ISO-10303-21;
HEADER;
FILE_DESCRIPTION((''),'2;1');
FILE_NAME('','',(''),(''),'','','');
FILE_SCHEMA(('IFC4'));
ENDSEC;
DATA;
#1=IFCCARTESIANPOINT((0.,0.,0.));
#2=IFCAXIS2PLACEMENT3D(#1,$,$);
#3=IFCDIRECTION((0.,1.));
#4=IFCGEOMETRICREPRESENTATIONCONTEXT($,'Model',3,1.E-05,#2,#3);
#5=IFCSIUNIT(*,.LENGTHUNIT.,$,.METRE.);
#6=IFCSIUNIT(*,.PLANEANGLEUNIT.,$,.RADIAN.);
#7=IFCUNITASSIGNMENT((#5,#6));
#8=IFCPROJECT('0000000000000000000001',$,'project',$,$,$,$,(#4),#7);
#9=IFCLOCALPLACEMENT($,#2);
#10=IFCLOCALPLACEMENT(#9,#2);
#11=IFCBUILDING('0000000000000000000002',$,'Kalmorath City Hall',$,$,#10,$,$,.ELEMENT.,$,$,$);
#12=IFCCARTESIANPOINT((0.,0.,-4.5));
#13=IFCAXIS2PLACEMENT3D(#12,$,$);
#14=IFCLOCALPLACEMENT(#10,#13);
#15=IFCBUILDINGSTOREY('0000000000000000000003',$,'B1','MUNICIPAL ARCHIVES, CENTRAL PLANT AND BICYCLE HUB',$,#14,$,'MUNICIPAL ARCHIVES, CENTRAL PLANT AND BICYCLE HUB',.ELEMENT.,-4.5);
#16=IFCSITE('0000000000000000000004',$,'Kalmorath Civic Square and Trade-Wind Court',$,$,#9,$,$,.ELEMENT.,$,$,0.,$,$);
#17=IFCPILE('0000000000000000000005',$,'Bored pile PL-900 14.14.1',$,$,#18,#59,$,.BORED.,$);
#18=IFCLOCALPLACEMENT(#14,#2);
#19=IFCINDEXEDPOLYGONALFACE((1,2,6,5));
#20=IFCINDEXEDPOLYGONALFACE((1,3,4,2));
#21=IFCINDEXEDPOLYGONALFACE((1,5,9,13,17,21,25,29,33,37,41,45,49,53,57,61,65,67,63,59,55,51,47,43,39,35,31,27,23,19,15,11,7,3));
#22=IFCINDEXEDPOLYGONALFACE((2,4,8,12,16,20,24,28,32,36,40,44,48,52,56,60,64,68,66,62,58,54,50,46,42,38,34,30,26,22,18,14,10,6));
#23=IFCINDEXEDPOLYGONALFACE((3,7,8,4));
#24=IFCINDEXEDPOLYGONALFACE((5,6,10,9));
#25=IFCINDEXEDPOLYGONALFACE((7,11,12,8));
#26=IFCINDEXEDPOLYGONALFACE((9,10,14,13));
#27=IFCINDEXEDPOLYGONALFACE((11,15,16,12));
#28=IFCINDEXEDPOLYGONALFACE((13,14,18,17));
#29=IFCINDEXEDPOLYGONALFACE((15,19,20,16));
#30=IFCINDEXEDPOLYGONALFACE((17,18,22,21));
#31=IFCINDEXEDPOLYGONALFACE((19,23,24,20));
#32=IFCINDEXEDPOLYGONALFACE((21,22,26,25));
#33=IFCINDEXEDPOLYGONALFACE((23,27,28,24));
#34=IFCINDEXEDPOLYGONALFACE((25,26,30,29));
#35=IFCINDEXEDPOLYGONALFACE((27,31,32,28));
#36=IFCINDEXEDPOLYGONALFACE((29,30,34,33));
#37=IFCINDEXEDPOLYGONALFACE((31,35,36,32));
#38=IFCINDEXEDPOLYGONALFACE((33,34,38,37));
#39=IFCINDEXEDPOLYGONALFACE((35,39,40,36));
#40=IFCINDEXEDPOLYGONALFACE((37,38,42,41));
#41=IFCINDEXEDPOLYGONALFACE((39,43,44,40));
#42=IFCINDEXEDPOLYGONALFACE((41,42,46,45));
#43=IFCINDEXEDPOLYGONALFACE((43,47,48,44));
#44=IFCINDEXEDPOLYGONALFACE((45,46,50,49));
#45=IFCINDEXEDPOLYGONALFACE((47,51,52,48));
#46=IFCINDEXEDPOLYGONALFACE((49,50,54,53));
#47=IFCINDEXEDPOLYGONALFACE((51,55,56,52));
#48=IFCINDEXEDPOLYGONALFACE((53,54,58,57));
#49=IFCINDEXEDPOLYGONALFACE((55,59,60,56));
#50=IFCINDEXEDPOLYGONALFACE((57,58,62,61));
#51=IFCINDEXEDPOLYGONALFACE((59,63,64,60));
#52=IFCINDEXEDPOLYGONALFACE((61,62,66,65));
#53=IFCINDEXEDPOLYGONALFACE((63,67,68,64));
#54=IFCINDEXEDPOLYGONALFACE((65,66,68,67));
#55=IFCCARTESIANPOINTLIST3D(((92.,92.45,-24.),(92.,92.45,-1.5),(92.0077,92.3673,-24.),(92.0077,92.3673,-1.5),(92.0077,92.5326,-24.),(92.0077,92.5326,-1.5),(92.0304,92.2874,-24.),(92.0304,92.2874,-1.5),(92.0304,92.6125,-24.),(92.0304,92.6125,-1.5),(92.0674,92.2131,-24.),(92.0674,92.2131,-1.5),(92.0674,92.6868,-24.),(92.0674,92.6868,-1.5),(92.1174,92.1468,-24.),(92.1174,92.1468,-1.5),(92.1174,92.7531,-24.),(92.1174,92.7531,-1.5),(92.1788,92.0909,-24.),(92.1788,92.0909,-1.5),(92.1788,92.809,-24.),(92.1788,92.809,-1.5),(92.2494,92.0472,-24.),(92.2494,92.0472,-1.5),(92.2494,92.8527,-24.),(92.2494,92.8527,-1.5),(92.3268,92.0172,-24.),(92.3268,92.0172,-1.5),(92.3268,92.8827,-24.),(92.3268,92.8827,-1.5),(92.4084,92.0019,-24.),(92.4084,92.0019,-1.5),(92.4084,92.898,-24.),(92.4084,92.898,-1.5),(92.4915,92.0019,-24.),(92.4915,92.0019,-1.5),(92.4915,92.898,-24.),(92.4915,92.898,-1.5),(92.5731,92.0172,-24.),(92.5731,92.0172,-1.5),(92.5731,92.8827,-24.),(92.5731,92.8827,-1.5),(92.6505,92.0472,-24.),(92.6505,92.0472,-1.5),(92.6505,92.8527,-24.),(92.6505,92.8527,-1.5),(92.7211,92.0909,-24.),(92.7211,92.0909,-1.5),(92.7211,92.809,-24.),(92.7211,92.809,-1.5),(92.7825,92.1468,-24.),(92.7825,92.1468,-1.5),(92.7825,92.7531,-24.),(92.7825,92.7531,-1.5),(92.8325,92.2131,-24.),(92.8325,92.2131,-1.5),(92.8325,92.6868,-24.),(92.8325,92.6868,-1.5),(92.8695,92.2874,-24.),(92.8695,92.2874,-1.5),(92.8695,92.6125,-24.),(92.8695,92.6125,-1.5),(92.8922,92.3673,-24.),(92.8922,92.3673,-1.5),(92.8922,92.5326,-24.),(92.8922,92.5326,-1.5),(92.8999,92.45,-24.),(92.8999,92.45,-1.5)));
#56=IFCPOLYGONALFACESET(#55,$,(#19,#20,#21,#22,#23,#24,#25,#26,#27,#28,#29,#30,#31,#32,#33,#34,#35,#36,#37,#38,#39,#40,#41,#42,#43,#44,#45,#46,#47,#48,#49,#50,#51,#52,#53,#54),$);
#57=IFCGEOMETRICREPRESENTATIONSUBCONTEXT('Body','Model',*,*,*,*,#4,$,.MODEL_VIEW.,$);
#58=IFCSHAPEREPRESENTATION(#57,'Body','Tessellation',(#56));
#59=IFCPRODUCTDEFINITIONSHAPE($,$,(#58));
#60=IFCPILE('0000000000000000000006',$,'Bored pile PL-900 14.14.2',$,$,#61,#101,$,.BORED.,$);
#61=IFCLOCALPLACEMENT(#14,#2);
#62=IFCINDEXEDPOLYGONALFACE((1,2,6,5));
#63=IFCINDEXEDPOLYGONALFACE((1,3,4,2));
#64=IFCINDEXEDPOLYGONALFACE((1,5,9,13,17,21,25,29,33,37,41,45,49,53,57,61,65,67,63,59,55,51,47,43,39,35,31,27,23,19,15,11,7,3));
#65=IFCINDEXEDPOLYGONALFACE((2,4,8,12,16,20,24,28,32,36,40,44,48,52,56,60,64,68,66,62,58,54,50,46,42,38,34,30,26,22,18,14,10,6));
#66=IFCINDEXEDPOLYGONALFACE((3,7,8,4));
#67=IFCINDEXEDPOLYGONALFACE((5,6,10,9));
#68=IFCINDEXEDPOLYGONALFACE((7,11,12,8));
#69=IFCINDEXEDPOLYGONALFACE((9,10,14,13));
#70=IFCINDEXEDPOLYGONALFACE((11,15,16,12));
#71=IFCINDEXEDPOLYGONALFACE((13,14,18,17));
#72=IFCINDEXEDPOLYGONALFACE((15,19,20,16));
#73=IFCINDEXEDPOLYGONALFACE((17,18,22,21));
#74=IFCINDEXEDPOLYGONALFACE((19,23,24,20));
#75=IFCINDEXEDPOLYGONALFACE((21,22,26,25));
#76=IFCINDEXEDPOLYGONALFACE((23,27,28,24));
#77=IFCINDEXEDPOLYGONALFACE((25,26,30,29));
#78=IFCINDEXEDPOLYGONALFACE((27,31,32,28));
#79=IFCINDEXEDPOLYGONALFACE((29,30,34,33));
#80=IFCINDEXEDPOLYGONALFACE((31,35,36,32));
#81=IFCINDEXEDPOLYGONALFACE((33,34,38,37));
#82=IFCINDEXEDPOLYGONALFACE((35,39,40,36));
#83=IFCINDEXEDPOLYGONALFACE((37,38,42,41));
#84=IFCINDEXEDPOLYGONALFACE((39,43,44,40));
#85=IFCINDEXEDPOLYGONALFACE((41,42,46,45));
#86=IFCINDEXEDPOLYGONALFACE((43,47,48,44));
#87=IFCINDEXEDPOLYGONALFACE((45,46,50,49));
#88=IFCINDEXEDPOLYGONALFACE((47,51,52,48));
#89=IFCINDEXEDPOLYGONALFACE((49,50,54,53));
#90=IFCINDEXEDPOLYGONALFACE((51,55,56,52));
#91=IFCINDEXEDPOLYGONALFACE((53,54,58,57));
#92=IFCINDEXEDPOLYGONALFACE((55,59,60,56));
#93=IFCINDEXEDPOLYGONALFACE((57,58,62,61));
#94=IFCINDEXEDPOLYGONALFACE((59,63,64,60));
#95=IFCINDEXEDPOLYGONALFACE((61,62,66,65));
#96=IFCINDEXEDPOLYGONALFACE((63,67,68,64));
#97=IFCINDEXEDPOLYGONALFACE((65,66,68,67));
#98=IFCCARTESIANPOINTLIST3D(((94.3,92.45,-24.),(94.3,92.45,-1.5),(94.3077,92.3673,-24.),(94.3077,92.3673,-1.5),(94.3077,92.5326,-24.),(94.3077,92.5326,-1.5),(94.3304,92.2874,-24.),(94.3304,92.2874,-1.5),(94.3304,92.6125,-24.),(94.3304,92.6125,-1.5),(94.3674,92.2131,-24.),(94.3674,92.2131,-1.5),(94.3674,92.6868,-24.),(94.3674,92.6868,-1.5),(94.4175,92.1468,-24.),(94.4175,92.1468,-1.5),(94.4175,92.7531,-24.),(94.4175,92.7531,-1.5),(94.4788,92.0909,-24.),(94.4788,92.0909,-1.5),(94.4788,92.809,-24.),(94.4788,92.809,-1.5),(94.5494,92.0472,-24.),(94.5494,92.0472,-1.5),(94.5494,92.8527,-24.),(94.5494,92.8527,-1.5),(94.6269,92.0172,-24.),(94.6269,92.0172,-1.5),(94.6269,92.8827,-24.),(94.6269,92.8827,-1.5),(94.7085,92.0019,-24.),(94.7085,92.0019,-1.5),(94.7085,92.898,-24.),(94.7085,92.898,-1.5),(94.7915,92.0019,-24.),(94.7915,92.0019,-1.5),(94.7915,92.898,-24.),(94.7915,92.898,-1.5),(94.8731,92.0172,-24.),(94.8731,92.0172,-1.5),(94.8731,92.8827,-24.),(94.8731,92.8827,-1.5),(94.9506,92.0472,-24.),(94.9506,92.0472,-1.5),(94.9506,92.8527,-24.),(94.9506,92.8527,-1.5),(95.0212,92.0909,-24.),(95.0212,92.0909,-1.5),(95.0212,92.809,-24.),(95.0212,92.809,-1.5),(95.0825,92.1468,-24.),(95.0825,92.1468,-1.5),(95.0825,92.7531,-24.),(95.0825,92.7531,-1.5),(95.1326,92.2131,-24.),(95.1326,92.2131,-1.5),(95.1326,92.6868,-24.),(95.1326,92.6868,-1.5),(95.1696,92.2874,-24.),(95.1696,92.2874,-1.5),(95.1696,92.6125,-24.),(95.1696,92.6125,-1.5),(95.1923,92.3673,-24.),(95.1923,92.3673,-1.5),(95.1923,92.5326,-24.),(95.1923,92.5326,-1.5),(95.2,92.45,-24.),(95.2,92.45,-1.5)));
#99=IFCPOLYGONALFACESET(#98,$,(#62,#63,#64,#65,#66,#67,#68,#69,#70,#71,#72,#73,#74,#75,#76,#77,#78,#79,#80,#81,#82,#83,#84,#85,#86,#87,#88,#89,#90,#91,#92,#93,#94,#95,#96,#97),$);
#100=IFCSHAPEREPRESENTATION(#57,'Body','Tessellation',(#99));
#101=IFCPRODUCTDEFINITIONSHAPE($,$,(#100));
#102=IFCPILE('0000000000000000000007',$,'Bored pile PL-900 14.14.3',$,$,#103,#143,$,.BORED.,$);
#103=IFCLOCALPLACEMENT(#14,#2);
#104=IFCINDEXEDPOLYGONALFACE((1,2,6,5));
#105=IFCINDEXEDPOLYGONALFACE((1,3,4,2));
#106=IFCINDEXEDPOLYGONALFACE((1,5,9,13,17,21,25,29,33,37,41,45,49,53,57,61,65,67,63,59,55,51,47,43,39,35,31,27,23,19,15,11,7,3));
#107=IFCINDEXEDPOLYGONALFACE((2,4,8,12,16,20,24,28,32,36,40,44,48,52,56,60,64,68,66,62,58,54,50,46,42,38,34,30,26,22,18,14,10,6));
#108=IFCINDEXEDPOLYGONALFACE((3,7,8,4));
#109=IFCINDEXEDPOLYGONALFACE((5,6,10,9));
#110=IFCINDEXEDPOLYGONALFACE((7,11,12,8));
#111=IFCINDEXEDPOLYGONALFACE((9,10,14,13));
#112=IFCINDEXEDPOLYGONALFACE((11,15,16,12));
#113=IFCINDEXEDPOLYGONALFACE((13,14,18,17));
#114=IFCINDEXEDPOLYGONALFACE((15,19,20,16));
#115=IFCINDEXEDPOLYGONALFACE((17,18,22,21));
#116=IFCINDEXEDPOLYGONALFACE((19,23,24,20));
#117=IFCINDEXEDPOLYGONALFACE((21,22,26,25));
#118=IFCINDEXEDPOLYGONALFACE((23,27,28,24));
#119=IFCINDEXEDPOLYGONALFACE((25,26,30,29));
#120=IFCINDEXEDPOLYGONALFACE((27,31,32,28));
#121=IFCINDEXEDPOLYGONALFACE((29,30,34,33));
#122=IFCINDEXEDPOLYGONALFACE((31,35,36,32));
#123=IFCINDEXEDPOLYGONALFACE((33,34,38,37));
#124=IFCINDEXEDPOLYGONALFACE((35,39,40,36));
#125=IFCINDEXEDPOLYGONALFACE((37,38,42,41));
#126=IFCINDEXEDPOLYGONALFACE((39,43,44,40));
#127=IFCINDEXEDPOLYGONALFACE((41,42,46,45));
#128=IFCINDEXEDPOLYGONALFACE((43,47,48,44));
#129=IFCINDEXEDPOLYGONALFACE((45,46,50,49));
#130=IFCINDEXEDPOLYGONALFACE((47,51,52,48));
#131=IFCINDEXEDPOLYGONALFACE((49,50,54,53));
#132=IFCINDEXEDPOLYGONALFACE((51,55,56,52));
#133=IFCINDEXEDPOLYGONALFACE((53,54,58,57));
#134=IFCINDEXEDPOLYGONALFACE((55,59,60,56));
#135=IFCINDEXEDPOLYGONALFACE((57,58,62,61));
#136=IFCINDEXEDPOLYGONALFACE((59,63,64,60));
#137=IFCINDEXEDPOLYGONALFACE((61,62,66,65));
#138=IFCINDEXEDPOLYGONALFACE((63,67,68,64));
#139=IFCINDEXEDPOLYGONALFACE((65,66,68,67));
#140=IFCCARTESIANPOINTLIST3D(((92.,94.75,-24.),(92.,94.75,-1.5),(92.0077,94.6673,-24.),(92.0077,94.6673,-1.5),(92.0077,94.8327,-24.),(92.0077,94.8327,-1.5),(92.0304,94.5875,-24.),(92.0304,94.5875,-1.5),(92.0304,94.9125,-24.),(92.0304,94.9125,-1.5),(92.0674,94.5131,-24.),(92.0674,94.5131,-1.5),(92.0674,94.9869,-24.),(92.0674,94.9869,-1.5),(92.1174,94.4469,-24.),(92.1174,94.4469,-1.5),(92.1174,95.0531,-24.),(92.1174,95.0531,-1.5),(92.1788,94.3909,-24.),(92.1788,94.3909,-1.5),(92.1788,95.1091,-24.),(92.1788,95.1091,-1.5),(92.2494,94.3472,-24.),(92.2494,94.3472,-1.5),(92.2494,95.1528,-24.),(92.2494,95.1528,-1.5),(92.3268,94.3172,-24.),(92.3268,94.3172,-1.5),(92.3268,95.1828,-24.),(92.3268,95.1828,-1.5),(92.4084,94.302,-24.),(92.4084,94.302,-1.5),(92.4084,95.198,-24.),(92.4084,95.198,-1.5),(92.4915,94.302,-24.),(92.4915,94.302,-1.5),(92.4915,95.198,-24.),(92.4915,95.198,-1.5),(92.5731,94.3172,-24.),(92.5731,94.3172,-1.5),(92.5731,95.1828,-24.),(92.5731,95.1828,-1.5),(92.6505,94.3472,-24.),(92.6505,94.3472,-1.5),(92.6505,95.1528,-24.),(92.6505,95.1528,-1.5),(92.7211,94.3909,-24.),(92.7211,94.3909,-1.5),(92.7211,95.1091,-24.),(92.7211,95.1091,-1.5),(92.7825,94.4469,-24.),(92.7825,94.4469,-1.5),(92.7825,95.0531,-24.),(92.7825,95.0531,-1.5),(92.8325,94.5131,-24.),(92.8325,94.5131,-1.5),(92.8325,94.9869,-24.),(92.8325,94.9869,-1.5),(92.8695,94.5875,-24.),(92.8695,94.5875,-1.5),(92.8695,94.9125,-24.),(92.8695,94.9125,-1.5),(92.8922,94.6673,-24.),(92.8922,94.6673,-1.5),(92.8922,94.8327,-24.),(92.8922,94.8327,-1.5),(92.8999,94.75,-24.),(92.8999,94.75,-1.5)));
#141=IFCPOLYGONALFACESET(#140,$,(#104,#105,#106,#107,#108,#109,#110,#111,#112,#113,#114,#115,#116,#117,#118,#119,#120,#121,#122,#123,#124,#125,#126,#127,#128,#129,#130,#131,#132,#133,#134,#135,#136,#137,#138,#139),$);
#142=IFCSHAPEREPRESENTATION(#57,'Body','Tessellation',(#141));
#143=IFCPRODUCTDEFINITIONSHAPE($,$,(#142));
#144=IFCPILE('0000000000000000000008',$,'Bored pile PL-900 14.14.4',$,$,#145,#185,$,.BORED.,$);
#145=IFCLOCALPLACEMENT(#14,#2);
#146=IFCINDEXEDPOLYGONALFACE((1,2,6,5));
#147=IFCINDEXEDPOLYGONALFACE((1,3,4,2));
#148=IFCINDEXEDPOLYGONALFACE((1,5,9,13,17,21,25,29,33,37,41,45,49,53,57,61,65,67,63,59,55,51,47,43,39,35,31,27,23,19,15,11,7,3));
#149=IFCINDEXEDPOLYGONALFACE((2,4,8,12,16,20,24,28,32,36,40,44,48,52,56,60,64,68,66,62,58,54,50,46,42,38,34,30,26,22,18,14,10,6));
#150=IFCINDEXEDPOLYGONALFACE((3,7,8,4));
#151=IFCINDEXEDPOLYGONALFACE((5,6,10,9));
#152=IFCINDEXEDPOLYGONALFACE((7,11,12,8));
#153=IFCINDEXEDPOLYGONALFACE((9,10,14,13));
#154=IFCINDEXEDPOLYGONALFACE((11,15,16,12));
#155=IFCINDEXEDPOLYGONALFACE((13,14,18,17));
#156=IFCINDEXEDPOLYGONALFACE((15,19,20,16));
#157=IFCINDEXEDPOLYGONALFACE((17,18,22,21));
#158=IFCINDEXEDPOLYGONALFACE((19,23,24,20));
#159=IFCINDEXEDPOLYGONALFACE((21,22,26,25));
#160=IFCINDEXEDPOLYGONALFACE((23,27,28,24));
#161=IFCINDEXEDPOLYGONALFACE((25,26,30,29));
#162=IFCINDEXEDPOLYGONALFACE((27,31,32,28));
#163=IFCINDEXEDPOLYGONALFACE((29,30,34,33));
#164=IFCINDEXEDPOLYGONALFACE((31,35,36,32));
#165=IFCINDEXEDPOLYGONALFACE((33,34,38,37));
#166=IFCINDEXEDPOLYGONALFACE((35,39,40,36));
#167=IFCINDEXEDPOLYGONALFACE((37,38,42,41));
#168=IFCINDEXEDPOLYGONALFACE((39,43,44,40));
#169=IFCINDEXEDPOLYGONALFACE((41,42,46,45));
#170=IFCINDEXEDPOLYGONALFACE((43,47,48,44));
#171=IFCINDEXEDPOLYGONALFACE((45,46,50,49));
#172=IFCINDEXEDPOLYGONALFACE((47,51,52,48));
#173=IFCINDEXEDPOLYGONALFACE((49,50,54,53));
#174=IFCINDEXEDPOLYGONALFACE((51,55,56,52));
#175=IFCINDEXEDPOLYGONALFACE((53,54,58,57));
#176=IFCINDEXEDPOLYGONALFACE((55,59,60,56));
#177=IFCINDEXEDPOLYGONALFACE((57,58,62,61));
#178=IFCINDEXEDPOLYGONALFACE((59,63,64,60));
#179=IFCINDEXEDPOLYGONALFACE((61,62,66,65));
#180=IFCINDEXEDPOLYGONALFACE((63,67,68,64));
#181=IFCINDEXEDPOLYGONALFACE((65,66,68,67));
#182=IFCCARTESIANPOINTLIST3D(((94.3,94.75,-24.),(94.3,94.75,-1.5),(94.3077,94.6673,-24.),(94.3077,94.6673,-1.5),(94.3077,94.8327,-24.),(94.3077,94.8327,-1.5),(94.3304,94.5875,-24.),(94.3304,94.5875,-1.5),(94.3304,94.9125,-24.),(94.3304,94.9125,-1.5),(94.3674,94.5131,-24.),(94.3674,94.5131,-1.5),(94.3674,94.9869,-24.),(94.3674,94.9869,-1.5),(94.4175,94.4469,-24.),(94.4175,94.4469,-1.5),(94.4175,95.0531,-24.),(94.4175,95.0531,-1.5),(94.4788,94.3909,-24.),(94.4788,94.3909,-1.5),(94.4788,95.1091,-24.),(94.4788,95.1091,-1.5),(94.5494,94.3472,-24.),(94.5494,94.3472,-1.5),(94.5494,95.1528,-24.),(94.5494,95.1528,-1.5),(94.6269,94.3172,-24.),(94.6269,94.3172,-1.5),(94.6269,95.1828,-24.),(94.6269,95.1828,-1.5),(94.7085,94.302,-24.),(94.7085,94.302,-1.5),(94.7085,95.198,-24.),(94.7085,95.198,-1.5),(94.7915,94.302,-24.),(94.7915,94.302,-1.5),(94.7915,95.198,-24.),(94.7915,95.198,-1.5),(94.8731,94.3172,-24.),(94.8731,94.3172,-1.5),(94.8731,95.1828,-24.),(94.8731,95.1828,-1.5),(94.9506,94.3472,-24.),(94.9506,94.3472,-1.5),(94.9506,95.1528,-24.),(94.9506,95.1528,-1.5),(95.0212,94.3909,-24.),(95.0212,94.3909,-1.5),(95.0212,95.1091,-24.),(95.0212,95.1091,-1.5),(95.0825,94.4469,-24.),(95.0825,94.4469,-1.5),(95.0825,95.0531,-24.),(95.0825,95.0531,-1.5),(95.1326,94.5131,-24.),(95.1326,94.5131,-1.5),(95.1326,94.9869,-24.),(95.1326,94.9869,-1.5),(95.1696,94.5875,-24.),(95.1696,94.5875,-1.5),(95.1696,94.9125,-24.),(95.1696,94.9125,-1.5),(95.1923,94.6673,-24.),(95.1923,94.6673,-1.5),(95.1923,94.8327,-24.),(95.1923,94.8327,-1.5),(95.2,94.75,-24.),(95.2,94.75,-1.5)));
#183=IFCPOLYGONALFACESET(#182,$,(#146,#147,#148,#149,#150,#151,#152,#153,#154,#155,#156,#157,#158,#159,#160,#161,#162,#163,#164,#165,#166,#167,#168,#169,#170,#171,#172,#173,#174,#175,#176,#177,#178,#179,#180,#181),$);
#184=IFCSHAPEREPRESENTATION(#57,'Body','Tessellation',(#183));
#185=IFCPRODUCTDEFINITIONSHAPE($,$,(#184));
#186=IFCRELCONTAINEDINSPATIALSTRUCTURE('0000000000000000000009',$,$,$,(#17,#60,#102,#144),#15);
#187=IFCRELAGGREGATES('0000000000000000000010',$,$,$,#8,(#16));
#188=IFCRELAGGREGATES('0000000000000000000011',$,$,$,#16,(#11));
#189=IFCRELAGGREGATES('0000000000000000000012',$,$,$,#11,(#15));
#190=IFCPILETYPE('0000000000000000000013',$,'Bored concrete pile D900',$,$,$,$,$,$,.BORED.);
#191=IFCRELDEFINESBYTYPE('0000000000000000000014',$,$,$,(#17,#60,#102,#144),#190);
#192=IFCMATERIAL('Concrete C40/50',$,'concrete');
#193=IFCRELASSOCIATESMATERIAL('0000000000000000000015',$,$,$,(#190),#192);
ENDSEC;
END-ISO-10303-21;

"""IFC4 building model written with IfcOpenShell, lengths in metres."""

from ifc_helpers import new_model, si_unit, direction, frame, origin, origin_2d, place, context, subcontext, project, spatial, circle, extrude, material, material_profile, profile_set, type_object, element, save


model = new_model("IFC4")

# Units and contexts
model_context = context("Model", 3, precision=1e-05, world=origin(), true_north=direction((0.0, 1.0)))
body_context = subcontext(model_context, "Body", "Model", "MODEL_VIEW")
ifc_project = project(units=[si_unit("LENGTHUNIT", "METRE"), si_unit("PLANEANGLEUNIT", "RADIAN")], contexts=[model_context])

# Site, building, storey
site_placement = place(None, origin())
site = spatial("IfcSite", under=ifc_project, at=site_placement, Name="Kalmorath Civic Square and Trade-Wind Court", CompositionType="ELEMENT", RefElevation=0.0)
building_placement = place(site_placement, origin())
building = spatial("IfcBuilding", under=site, at=building_placement, Name="Kalmorath City Hall", CompositionType="ELEMENT")
storey_placement = place(building_placement, frame((0.0, 0.0, -4.5)))
storey = spatial("IfcBuildingStorey", under=building, at=storey_placement, Name="B1", Description="MUNICIPAL ARCHIVES, CENTRAL PLANT AND BICYCLE HUB", LongName="MUNICIPAL ARCHIVES, CENTRAL PLANT AND BICYCLE HUB", CompositionType="ELEMENT", Elevation=-4.5)

# Piles
ifc_material_1 = material(Name="Concrete C40/50", Category="concrete")
ifc_material_profile_1 = material_profile(ifc_material_1, circle(Radius=0.45, at=origin_2d()), Name="PILE-D900")
ifc_profile_set_1 = profile_set([ifc_material_profile_1], Name="Concrete C40/50")
pile_type = type_object("IfcPileType", Name="Bored concrete pile D900", PredefinedType="BORED", material=ifc_profile_set_1)
for number, where, z_axis, x_axis, name in (
    (1, (92.45, 92.45, -1.5), (0.0, 0.0, -1.0), (1.0, 0.0, 0.0), "Bored pile PL-900 14.14.1"),
    (2, (94.75, 92.45, -1.5), (0.0, 0.0, -1.0), (1.0, 0.0, 0.0), "Bored pile PL-900 14.14.2"),
    (3, (92.45, 94.75, -1.5), (0.0, 0.0, -1.0), (1.0, 0.0, 0.0), "Bored pile PL-900 14.14.3"),
    (4, (94.75, 94.75, -1.5), (0.0, 0.0, -1.0), (1.0, 0.0, 0.0), "Bored pile PL-900 14.14.4"),
):
    element("IfcPile", number, at=place(storey_placement, frame(where, z_axis=z_axis, x_axis=x_axis)), inside=storey, type_object=pile_type, Name=name, PredefinedType="BORED", context=body_context, shape_type="SweptSolid", body=[
        extrude(circle(Radius=0.45, at=origin_2d()), origin(), (0.0, 0.0, 1.0), 22.5),
    ])

save(model, "model.ifc")
